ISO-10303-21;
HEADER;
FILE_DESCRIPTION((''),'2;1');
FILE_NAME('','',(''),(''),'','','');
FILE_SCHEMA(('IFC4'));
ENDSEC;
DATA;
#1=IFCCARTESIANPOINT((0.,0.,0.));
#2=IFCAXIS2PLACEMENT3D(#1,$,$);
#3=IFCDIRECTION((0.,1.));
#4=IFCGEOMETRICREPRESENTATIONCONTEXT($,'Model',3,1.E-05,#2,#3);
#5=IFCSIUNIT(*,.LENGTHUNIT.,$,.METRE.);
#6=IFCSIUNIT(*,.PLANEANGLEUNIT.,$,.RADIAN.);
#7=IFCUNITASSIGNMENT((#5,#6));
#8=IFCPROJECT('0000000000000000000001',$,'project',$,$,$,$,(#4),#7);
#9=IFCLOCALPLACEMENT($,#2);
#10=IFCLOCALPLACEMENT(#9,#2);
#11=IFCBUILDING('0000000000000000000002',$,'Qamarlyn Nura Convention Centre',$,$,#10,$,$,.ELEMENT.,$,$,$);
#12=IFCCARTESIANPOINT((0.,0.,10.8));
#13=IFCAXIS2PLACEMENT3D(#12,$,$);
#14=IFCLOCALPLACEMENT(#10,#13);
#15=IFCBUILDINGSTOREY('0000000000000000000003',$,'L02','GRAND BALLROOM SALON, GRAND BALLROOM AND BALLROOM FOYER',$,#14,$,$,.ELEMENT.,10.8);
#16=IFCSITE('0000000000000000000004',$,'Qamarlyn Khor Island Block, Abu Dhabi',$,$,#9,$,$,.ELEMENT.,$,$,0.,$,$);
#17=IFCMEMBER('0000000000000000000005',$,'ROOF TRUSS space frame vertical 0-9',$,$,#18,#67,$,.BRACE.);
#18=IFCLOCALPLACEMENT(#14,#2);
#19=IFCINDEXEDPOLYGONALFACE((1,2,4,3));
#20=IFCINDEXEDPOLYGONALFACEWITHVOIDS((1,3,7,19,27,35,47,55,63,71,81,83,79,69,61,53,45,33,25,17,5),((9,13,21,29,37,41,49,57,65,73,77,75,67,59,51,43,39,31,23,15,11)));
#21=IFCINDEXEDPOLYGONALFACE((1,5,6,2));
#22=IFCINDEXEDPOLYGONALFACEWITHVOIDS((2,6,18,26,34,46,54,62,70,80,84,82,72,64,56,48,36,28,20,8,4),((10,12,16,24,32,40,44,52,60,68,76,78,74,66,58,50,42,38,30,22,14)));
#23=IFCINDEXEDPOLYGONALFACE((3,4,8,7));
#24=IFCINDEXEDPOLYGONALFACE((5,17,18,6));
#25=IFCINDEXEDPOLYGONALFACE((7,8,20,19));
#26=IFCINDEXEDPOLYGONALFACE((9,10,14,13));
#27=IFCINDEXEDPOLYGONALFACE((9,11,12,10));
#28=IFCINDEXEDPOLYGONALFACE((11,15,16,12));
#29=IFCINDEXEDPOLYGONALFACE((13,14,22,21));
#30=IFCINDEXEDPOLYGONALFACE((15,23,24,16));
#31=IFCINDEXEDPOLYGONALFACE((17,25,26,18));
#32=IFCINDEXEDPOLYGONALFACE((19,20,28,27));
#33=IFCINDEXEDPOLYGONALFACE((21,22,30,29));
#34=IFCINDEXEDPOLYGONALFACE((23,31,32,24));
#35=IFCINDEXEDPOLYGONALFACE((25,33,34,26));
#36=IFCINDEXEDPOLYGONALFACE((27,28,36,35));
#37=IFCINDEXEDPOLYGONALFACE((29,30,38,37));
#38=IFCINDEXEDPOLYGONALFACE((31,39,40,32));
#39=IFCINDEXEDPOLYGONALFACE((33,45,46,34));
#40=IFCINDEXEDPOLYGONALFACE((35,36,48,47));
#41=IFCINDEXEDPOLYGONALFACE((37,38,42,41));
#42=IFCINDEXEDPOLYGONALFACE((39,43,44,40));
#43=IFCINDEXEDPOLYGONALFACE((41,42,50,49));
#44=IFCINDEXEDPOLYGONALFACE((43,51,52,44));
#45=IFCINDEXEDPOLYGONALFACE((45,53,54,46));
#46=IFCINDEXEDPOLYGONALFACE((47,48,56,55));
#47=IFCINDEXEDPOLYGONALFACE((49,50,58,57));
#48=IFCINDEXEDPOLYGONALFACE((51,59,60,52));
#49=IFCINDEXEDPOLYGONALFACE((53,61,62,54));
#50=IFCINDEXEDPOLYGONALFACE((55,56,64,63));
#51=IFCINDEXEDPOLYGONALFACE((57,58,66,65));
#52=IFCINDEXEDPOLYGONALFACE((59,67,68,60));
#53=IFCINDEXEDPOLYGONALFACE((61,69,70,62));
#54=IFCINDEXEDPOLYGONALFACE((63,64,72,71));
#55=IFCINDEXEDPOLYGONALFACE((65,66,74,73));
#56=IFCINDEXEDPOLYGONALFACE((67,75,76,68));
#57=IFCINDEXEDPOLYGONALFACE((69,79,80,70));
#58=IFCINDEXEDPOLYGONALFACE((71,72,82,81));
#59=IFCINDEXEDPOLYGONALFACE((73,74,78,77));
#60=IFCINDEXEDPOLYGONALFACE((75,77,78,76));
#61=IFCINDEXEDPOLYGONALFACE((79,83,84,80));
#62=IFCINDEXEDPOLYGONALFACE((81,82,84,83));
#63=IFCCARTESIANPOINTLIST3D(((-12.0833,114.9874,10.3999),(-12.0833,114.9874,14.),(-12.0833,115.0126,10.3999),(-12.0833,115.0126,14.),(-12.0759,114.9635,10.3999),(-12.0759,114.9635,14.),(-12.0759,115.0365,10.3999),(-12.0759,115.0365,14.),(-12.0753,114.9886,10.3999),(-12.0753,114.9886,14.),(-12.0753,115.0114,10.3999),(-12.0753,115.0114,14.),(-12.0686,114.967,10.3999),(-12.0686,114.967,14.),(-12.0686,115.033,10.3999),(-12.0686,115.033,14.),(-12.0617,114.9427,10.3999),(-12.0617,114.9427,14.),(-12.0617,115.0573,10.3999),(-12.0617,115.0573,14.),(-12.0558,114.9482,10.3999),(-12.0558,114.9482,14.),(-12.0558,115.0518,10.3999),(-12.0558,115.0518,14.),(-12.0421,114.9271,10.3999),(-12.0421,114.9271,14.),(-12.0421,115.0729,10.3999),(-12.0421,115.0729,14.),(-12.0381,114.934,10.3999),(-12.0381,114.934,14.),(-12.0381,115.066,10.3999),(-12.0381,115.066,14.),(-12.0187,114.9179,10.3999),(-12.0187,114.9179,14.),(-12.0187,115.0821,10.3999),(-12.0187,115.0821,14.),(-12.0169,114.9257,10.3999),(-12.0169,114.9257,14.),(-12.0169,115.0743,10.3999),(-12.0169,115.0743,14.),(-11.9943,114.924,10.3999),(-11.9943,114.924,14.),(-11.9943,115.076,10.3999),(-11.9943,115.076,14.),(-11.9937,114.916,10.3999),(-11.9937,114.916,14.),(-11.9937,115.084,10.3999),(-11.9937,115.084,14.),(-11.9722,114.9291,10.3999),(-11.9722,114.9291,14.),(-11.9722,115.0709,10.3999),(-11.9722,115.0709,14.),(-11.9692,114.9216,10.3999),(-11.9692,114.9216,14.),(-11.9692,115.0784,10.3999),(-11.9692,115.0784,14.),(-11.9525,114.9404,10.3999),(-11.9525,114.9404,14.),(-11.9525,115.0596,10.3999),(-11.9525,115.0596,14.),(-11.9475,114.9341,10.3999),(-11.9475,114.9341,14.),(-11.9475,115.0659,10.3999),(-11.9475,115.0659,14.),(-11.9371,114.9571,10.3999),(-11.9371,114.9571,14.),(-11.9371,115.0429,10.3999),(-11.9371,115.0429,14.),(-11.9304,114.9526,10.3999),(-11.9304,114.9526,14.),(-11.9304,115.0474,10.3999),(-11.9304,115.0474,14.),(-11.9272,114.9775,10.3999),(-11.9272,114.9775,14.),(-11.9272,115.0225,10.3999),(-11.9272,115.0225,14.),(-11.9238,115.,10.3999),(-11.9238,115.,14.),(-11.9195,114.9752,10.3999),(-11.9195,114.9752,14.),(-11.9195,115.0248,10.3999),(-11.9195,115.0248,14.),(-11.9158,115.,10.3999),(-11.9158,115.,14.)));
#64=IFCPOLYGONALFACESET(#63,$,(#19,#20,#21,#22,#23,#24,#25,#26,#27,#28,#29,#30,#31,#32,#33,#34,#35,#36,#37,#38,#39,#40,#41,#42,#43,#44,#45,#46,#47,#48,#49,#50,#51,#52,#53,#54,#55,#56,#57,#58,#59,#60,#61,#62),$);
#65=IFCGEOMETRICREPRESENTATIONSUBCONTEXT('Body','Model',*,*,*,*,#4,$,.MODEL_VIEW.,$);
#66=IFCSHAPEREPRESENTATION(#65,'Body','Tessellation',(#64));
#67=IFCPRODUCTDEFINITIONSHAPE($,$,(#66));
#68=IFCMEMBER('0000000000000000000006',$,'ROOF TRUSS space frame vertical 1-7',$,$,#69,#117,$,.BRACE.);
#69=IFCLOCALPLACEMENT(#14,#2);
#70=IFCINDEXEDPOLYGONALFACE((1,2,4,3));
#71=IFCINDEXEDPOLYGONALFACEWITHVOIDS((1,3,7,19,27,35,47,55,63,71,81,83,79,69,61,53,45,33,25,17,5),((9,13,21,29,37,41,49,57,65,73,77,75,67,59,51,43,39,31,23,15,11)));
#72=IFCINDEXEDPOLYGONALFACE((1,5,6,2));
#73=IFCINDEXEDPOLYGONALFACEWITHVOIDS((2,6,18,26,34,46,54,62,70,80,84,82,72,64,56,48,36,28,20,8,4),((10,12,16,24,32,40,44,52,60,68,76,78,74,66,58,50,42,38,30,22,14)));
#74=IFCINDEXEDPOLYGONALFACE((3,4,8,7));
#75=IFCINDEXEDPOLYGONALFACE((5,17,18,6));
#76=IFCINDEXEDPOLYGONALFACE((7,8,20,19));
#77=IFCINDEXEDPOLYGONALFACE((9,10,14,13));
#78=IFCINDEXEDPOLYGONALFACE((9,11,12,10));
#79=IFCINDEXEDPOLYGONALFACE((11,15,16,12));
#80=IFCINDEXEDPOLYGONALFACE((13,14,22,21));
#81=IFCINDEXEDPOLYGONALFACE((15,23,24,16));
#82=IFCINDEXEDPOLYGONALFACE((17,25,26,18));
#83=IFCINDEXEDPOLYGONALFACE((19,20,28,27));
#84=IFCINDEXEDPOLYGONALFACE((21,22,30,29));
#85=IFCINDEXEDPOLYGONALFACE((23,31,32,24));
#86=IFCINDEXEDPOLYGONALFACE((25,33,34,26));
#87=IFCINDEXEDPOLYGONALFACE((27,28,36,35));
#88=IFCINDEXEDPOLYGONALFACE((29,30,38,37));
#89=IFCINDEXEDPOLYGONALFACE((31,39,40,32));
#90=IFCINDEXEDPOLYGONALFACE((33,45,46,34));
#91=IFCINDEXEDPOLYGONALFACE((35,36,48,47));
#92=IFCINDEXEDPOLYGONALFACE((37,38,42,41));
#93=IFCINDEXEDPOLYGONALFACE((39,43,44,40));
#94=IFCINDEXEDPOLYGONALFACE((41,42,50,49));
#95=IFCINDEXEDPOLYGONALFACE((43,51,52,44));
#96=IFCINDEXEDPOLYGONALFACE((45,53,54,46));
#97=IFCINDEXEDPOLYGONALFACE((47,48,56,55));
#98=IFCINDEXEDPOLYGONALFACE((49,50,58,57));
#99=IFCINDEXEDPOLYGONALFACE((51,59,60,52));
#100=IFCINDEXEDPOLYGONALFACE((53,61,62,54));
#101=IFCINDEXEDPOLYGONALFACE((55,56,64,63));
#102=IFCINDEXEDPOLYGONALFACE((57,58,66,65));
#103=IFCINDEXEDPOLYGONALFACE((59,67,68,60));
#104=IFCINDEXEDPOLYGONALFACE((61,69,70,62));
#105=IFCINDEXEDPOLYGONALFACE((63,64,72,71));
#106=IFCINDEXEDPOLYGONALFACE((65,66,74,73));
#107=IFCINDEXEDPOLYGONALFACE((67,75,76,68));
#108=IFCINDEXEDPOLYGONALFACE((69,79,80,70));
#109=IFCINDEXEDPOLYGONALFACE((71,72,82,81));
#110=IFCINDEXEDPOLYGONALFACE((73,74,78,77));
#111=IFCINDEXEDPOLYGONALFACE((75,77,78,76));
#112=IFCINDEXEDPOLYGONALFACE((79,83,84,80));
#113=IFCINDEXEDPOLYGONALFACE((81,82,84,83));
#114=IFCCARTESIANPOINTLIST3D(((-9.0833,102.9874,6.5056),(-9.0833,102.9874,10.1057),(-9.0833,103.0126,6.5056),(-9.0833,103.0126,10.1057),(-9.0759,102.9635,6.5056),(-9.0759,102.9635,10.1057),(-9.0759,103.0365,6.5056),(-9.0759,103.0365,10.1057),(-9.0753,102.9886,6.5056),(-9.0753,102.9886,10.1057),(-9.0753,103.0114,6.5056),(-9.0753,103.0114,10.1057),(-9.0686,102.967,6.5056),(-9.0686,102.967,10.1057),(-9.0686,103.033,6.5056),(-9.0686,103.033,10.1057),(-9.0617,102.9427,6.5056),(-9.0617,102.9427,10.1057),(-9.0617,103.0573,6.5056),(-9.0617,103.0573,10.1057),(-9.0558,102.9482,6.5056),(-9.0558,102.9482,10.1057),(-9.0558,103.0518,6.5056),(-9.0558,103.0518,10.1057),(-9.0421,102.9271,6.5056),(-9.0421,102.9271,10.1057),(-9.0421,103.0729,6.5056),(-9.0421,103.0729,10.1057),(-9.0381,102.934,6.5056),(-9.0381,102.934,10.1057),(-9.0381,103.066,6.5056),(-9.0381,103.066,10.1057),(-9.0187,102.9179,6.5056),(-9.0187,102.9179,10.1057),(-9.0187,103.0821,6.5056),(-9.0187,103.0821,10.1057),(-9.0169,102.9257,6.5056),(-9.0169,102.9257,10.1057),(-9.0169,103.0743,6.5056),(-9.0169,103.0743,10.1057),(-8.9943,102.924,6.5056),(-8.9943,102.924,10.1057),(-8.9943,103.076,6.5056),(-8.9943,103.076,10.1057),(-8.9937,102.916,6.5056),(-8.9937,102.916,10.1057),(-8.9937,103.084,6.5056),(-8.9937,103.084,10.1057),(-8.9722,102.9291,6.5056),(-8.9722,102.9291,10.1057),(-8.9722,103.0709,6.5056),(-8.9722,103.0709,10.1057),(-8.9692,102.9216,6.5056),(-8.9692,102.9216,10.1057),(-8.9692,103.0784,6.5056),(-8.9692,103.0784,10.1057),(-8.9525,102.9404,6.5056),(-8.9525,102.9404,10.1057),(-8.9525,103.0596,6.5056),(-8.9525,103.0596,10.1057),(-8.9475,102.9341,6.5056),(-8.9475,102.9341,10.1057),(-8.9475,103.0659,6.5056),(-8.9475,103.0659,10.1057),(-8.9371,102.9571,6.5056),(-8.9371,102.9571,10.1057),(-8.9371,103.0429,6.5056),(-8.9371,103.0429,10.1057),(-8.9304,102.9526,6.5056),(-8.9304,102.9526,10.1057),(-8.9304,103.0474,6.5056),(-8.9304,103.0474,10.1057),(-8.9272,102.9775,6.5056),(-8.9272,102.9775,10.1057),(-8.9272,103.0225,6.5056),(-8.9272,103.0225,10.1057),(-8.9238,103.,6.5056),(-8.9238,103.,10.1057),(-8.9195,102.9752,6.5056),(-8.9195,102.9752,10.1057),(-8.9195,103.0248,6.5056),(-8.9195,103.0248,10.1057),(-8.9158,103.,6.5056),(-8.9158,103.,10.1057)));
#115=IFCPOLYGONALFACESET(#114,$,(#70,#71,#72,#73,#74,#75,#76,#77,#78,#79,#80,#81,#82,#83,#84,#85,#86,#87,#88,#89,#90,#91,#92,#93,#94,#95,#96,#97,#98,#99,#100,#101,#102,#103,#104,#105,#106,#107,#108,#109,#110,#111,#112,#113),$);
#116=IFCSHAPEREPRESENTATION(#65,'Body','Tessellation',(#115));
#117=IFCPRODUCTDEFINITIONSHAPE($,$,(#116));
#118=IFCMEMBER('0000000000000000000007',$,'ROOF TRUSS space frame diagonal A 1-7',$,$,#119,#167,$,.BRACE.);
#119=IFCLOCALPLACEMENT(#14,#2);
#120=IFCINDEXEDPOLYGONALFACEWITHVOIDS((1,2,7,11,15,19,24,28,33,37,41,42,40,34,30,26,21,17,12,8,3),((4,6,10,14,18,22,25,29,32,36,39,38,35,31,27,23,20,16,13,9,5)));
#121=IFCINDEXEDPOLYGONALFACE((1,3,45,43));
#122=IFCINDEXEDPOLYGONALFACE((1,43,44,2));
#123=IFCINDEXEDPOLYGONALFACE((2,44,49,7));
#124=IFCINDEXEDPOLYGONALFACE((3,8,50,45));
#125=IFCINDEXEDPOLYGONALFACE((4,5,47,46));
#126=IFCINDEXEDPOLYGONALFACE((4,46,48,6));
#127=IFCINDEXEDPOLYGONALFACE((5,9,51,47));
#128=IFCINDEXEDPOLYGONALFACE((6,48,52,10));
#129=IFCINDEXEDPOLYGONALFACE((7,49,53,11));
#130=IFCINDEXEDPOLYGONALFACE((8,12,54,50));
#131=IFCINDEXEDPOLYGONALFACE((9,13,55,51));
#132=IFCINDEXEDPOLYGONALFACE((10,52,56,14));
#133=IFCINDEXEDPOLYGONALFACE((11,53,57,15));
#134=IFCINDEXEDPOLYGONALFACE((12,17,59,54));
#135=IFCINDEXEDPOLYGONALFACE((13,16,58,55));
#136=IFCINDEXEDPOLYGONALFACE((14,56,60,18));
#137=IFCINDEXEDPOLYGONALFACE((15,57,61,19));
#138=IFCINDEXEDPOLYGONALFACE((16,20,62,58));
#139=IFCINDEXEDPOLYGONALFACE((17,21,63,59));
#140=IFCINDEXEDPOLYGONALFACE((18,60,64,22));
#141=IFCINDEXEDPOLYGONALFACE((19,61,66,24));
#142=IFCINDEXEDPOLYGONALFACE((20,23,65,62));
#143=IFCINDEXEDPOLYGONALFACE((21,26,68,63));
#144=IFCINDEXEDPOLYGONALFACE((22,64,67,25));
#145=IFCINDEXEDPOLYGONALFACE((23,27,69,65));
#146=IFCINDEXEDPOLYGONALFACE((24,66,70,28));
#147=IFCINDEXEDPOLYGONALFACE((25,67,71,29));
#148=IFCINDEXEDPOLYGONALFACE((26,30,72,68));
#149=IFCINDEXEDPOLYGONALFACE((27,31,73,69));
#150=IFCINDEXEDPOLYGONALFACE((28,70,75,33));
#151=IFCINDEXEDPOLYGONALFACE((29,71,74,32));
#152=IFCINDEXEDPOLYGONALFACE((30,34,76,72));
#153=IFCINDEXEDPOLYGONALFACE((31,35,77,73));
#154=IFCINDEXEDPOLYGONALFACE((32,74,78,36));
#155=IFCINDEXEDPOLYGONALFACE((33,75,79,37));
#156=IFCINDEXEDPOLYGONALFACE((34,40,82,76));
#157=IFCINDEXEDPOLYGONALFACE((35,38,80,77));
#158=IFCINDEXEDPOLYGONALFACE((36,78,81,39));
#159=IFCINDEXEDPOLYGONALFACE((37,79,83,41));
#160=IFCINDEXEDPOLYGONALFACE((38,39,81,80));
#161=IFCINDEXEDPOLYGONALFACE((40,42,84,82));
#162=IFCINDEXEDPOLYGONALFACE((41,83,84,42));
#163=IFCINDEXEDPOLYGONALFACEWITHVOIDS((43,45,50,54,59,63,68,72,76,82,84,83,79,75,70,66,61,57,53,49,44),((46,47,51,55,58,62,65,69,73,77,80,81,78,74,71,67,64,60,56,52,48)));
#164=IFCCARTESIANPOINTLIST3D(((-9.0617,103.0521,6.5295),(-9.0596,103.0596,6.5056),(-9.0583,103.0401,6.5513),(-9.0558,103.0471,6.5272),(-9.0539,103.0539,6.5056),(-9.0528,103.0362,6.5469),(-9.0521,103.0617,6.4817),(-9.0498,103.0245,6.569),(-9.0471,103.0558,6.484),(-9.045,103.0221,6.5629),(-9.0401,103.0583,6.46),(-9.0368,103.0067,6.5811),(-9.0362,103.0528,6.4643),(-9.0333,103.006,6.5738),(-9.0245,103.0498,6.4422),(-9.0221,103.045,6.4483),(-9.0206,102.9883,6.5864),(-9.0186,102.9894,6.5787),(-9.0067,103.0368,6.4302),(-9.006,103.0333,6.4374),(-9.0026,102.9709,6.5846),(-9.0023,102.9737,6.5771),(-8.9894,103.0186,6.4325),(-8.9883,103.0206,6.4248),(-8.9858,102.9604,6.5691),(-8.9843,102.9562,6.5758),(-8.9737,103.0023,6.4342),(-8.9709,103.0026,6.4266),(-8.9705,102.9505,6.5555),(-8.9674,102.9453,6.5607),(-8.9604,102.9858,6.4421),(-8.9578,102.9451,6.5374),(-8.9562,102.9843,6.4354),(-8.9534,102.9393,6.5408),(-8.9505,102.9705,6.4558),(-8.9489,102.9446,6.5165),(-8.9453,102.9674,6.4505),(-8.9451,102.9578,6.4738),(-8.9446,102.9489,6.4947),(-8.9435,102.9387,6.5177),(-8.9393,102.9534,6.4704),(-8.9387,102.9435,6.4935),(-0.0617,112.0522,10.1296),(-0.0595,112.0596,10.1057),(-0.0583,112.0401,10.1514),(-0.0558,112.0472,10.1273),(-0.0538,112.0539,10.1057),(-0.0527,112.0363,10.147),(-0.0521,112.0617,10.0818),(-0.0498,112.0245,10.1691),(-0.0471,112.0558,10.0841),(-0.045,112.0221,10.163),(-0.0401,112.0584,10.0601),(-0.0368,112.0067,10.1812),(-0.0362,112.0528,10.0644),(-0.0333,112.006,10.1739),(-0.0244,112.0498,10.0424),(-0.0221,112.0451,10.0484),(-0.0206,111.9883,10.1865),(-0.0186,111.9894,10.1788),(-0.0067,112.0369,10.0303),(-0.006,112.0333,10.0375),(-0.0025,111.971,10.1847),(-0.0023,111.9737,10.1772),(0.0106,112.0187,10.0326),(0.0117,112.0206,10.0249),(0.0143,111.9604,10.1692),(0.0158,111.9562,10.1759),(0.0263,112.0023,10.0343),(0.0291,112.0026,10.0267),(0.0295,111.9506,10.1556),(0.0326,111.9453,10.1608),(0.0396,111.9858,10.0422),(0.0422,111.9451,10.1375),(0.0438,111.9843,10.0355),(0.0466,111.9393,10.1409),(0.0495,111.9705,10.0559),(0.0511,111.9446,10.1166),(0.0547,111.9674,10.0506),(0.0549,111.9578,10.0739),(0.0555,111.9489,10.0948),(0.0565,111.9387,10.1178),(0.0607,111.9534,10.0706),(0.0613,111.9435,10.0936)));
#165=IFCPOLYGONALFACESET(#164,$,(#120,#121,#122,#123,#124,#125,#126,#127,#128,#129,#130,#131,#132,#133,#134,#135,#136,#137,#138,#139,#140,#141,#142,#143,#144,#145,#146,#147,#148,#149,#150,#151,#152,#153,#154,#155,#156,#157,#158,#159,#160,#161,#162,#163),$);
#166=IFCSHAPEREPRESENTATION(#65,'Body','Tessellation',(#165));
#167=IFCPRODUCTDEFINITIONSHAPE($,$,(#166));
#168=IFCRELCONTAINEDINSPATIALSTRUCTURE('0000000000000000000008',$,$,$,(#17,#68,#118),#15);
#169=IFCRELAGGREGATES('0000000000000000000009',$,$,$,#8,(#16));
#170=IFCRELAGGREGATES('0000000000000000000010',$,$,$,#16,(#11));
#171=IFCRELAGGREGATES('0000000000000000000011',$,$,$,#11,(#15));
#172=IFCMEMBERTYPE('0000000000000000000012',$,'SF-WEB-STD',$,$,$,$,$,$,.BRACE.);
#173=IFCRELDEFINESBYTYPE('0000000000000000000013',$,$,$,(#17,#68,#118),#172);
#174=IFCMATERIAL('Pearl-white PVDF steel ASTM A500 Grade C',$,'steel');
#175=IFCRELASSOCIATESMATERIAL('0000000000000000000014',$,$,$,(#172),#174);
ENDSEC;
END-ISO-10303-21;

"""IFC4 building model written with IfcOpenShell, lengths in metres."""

from ifc_helpers import new_model, si_unit, direction, frame, origin, origin_2d, place, context, subcontext, project, spatial, hollow_circle, extrude, material, material_profile, profile_set, type_object, element, save


model = new_model("IFC4")

# Units and contexts
model_context = context("Model", 3, precision=1e-05, world=origin(), true_north=direction((0.0, 1.0)))
body_context = subcontext(model_context, "Body", "Model", "MODEL_VIEW")
ifc_project = project(units=[si_unit("LENGTHUNIT", "METRE"), si_unit("PLANEANGLEUNIT", "RADIAN")], contexts=[model_context])

# Site, building, storey
site_placement = place(None, origin())
site = spatial("IfcSite", under=ifc_project, at=site_placement, Name="Qamarlyn Khor Island Block, Abu Dhabi", CompositionType="ELEMENT", RefElevation=0.0)
building_placement = place(site_placement, origin())
building = spatial("IfcBuilding", under=site, at=building_placement, Name="Qamarlyn Nura Convention Centre", CompositionType="ELEMENT")
storey_placement = place(building_placement, frame((0.0, 0.0, 10.8)))
storey = spatial("IfcBuildingStorey", under=building, at=storey_placement, Name="L02", Description="GRAND BALLROOM SALON, GRAND BALLROOM AND BALLROOM FOYER", CompositionType="ELEMENT", Elevation=10.8)

# Members
ifc_material_1 = material(Name="Pearl-white PVDF steel ASTM A500 Grade C", Category="steel")
ifc_material_profile_1 = material_profile(ifc_material_1, hollow_circle(Radius=0.0842, WallThickness=0.0081, at=origin_2d()), Name="CHS168.3X8")
ifc_profile_set_1 = profile_set([ifc_material_profile_1], Name="Pearl-white PVDF steel ASTM A500 Grade C")
member_type_1 = type_object("IfcMemberType", Name="SF-WEB-STD", PredefinedType="BRACE", material=ifc_profile_set_1)
for number, where, z_axis, x_axis, name in (
    (1, (-12.0, 115.0, 10.3999), (0.0, 0.0, 1.0), (1.0, 0.0, 0.0), "ROOF TRUSS space frame vertical 0-9"),
    (2, (-9.0, 103.0, 6.5056), (0.0, 0.0, 1.0), (1.0, 0.0, 0.0), "ROOF TRUSS space frame vertical 1-7"),
):
    element("IfcMember", number, at=place(storey_placement, frame(where, z_axis=z_axis, x_axis=x_axis)), inside=storey, type_object=member_type_1, Name=name, PredefinedType="BRACE", context=body_context, shape_type="SweptSolid", body=[
        extrude(hollow_circle(Radius=0.0842, WallThickness=0.0081, at=origin_2d()), origin(), (0.0, 0.0, 1.0), 3.6001),
    ])
member_1_placement = place(storey_placement, frame((-9.0, 103.0, 6.5056), z_axis=(0.680412, 0.680412, 0.272172), x_axis=(-0.707107, 0.707107, 0.0)))
element("IfcMember", 3, at=member_1_placement, inside=storey, type_object=member_type_1, Name="ROOF TRUSS space frame diagonal A 1-7", PredefinedType="BRACE", context=body_context, shape_type="SweptSolid", body=[
    extrude(hollow_circle(Radius=0.0842, WallThickness=0.0081, at=origin_2d()), origin(), (0.0, 0.0, 1.0), 13.2273),
])

save(model, "model.ifc")
